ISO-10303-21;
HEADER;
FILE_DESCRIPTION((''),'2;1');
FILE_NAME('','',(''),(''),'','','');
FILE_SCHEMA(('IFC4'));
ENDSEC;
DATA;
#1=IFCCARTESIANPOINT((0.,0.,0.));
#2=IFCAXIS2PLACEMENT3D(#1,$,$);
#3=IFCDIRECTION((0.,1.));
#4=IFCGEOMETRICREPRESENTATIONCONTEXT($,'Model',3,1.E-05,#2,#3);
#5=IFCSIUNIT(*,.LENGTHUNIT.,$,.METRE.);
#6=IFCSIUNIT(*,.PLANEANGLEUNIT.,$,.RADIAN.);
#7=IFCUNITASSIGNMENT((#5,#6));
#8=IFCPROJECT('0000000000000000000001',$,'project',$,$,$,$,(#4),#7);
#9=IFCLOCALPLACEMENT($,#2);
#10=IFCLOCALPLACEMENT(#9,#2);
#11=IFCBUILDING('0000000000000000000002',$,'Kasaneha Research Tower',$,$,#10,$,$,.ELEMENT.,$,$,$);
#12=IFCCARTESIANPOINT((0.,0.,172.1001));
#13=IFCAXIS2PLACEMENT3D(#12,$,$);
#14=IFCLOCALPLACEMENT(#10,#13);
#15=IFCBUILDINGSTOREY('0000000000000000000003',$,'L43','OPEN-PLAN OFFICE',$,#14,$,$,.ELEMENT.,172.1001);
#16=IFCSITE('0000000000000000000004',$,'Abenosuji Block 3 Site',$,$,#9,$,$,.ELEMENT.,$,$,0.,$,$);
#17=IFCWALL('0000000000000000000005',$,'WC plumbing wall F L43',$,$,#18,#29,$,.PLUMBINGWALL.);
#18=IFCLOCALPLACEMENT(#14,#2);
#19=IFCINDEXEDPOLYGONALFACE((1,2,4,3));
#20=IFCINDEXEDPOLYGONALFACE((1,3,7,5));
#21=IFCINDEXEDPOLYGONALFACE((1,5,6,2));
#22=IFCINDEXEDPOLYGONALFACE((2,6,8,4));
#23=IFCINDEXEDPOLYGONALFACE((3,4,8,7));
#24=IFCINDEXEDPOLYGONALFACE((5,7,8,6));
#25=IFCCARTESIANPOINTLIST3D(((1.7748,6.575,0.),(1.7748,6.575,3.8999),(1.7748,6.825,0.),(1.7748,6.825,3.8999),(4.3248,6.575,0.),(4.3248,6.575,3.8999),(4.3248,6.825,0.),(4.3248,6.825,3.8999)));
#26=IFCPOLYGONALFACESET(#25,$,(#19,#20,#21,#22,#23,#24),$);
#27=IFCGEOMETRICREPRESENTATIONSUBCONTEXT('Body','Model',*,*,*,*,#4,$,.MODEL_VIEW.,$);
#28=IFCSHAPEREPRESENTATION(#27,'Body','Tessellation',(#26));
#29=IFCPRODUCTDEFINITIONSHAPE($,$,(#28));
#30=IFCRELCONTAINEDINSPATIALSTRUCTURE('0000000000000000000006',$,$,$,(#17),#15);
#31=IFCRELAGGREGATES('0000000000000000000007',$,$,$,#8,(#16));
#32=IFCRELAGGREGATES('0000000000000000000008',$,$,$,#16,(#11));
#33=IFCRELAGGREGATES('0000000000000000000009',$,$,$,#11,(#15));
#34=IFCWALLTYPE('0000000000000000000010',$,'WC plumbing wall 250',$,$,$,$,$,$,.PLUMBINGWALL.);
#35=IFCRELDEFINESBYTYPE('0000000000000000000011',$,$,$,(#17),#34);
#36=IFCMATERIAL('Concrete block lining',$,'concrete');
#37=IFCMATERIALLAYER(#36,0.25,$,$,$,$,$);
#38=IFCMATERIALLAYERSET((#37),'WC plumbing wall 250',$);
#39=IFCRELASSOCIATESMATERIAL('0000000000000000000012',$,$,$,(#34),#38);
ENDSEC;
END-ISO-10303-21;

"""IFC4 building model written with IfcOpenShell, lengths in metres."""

from ifc_helpers import new_model, si_unit, direction, frame, frame_2d, origin, place, context, subcontext, project, spatial, rectangle, extrude, material, layer, layer_set, type_object, element, save


model = new_model("IFC4")

# Units and contexts
model_context = context("Model", 3, precision=1e-05, world=origin(), true_north=direction((0.0, 1.0)))
body_context = subcontext(model_context, "Body", "Model", "MODEL_VIEW")
ifc_project = project(units=[si_unit("LENGTHUNIT", "METRE"), si_unit("PLANEANGLEUNIT", "RADIAN")], contexts=[model_context])

# Site, building, storey
site_placement = place(None, origin())
site = spatial("IfcSite", under=ifc_project, at=site_placement, Name="Abenosuji Block 3 Site", CompositionType="ELEMENT", RefElevation=0.0)
building_placement = place(site_placement, origin())
building = spatial("IfcBuilding", under=site, at=building_placement, Name="Kasaneha Research Tower", CompositionType="ELEMENT")
storey_placement = place(building_placement, frame((0.0, 0.0, 172.1001)))
storey = spatial("IfcBuildingStorey", under=building, at=storey_placement, Name="L43", Description="OPEN-PLAN OFFICE", CompositionType="ELEMENT", Elevation=172.1001)

# Wall
ifc_material_1 = material(Name="Concrete block lining", Category="concrete")
ifc_layer_1 = layer(ifc_material_1, 0.25)
ifc_layer_set_1 = layer_set([ifc_layer_1], Name="WC plumbing wall 250")
wall_type_1 = type_object("IfcWallType", Name="WC plumbing wall 250", PredefinedType="PLUMBINGWALL", material=ifc_layer_set_1)
wall_1_placement = place(storey_placement, frame((1.7749, 6.7, 0.0), z_axis=(0.0, 0.0, 1.0), x_axis=(1.0, 0.0, 0.0)))
element("IfcWall", 1, at=wall_1_placement, inside=storey, type_object=wall_type_1, Name="WC plumbing wall F L43", PredefinedType="PLUMBINGWALL", context=body_context, shape_type="SweptSolid", body=[
    extrude(rectangle(XDim=2.55, YDim=0.25, at=frame_2d((1.2749, 0.0))), origin(), (0.0, 0.0, 1.0), 3.8999),
])

save(model, "model.ifc")
